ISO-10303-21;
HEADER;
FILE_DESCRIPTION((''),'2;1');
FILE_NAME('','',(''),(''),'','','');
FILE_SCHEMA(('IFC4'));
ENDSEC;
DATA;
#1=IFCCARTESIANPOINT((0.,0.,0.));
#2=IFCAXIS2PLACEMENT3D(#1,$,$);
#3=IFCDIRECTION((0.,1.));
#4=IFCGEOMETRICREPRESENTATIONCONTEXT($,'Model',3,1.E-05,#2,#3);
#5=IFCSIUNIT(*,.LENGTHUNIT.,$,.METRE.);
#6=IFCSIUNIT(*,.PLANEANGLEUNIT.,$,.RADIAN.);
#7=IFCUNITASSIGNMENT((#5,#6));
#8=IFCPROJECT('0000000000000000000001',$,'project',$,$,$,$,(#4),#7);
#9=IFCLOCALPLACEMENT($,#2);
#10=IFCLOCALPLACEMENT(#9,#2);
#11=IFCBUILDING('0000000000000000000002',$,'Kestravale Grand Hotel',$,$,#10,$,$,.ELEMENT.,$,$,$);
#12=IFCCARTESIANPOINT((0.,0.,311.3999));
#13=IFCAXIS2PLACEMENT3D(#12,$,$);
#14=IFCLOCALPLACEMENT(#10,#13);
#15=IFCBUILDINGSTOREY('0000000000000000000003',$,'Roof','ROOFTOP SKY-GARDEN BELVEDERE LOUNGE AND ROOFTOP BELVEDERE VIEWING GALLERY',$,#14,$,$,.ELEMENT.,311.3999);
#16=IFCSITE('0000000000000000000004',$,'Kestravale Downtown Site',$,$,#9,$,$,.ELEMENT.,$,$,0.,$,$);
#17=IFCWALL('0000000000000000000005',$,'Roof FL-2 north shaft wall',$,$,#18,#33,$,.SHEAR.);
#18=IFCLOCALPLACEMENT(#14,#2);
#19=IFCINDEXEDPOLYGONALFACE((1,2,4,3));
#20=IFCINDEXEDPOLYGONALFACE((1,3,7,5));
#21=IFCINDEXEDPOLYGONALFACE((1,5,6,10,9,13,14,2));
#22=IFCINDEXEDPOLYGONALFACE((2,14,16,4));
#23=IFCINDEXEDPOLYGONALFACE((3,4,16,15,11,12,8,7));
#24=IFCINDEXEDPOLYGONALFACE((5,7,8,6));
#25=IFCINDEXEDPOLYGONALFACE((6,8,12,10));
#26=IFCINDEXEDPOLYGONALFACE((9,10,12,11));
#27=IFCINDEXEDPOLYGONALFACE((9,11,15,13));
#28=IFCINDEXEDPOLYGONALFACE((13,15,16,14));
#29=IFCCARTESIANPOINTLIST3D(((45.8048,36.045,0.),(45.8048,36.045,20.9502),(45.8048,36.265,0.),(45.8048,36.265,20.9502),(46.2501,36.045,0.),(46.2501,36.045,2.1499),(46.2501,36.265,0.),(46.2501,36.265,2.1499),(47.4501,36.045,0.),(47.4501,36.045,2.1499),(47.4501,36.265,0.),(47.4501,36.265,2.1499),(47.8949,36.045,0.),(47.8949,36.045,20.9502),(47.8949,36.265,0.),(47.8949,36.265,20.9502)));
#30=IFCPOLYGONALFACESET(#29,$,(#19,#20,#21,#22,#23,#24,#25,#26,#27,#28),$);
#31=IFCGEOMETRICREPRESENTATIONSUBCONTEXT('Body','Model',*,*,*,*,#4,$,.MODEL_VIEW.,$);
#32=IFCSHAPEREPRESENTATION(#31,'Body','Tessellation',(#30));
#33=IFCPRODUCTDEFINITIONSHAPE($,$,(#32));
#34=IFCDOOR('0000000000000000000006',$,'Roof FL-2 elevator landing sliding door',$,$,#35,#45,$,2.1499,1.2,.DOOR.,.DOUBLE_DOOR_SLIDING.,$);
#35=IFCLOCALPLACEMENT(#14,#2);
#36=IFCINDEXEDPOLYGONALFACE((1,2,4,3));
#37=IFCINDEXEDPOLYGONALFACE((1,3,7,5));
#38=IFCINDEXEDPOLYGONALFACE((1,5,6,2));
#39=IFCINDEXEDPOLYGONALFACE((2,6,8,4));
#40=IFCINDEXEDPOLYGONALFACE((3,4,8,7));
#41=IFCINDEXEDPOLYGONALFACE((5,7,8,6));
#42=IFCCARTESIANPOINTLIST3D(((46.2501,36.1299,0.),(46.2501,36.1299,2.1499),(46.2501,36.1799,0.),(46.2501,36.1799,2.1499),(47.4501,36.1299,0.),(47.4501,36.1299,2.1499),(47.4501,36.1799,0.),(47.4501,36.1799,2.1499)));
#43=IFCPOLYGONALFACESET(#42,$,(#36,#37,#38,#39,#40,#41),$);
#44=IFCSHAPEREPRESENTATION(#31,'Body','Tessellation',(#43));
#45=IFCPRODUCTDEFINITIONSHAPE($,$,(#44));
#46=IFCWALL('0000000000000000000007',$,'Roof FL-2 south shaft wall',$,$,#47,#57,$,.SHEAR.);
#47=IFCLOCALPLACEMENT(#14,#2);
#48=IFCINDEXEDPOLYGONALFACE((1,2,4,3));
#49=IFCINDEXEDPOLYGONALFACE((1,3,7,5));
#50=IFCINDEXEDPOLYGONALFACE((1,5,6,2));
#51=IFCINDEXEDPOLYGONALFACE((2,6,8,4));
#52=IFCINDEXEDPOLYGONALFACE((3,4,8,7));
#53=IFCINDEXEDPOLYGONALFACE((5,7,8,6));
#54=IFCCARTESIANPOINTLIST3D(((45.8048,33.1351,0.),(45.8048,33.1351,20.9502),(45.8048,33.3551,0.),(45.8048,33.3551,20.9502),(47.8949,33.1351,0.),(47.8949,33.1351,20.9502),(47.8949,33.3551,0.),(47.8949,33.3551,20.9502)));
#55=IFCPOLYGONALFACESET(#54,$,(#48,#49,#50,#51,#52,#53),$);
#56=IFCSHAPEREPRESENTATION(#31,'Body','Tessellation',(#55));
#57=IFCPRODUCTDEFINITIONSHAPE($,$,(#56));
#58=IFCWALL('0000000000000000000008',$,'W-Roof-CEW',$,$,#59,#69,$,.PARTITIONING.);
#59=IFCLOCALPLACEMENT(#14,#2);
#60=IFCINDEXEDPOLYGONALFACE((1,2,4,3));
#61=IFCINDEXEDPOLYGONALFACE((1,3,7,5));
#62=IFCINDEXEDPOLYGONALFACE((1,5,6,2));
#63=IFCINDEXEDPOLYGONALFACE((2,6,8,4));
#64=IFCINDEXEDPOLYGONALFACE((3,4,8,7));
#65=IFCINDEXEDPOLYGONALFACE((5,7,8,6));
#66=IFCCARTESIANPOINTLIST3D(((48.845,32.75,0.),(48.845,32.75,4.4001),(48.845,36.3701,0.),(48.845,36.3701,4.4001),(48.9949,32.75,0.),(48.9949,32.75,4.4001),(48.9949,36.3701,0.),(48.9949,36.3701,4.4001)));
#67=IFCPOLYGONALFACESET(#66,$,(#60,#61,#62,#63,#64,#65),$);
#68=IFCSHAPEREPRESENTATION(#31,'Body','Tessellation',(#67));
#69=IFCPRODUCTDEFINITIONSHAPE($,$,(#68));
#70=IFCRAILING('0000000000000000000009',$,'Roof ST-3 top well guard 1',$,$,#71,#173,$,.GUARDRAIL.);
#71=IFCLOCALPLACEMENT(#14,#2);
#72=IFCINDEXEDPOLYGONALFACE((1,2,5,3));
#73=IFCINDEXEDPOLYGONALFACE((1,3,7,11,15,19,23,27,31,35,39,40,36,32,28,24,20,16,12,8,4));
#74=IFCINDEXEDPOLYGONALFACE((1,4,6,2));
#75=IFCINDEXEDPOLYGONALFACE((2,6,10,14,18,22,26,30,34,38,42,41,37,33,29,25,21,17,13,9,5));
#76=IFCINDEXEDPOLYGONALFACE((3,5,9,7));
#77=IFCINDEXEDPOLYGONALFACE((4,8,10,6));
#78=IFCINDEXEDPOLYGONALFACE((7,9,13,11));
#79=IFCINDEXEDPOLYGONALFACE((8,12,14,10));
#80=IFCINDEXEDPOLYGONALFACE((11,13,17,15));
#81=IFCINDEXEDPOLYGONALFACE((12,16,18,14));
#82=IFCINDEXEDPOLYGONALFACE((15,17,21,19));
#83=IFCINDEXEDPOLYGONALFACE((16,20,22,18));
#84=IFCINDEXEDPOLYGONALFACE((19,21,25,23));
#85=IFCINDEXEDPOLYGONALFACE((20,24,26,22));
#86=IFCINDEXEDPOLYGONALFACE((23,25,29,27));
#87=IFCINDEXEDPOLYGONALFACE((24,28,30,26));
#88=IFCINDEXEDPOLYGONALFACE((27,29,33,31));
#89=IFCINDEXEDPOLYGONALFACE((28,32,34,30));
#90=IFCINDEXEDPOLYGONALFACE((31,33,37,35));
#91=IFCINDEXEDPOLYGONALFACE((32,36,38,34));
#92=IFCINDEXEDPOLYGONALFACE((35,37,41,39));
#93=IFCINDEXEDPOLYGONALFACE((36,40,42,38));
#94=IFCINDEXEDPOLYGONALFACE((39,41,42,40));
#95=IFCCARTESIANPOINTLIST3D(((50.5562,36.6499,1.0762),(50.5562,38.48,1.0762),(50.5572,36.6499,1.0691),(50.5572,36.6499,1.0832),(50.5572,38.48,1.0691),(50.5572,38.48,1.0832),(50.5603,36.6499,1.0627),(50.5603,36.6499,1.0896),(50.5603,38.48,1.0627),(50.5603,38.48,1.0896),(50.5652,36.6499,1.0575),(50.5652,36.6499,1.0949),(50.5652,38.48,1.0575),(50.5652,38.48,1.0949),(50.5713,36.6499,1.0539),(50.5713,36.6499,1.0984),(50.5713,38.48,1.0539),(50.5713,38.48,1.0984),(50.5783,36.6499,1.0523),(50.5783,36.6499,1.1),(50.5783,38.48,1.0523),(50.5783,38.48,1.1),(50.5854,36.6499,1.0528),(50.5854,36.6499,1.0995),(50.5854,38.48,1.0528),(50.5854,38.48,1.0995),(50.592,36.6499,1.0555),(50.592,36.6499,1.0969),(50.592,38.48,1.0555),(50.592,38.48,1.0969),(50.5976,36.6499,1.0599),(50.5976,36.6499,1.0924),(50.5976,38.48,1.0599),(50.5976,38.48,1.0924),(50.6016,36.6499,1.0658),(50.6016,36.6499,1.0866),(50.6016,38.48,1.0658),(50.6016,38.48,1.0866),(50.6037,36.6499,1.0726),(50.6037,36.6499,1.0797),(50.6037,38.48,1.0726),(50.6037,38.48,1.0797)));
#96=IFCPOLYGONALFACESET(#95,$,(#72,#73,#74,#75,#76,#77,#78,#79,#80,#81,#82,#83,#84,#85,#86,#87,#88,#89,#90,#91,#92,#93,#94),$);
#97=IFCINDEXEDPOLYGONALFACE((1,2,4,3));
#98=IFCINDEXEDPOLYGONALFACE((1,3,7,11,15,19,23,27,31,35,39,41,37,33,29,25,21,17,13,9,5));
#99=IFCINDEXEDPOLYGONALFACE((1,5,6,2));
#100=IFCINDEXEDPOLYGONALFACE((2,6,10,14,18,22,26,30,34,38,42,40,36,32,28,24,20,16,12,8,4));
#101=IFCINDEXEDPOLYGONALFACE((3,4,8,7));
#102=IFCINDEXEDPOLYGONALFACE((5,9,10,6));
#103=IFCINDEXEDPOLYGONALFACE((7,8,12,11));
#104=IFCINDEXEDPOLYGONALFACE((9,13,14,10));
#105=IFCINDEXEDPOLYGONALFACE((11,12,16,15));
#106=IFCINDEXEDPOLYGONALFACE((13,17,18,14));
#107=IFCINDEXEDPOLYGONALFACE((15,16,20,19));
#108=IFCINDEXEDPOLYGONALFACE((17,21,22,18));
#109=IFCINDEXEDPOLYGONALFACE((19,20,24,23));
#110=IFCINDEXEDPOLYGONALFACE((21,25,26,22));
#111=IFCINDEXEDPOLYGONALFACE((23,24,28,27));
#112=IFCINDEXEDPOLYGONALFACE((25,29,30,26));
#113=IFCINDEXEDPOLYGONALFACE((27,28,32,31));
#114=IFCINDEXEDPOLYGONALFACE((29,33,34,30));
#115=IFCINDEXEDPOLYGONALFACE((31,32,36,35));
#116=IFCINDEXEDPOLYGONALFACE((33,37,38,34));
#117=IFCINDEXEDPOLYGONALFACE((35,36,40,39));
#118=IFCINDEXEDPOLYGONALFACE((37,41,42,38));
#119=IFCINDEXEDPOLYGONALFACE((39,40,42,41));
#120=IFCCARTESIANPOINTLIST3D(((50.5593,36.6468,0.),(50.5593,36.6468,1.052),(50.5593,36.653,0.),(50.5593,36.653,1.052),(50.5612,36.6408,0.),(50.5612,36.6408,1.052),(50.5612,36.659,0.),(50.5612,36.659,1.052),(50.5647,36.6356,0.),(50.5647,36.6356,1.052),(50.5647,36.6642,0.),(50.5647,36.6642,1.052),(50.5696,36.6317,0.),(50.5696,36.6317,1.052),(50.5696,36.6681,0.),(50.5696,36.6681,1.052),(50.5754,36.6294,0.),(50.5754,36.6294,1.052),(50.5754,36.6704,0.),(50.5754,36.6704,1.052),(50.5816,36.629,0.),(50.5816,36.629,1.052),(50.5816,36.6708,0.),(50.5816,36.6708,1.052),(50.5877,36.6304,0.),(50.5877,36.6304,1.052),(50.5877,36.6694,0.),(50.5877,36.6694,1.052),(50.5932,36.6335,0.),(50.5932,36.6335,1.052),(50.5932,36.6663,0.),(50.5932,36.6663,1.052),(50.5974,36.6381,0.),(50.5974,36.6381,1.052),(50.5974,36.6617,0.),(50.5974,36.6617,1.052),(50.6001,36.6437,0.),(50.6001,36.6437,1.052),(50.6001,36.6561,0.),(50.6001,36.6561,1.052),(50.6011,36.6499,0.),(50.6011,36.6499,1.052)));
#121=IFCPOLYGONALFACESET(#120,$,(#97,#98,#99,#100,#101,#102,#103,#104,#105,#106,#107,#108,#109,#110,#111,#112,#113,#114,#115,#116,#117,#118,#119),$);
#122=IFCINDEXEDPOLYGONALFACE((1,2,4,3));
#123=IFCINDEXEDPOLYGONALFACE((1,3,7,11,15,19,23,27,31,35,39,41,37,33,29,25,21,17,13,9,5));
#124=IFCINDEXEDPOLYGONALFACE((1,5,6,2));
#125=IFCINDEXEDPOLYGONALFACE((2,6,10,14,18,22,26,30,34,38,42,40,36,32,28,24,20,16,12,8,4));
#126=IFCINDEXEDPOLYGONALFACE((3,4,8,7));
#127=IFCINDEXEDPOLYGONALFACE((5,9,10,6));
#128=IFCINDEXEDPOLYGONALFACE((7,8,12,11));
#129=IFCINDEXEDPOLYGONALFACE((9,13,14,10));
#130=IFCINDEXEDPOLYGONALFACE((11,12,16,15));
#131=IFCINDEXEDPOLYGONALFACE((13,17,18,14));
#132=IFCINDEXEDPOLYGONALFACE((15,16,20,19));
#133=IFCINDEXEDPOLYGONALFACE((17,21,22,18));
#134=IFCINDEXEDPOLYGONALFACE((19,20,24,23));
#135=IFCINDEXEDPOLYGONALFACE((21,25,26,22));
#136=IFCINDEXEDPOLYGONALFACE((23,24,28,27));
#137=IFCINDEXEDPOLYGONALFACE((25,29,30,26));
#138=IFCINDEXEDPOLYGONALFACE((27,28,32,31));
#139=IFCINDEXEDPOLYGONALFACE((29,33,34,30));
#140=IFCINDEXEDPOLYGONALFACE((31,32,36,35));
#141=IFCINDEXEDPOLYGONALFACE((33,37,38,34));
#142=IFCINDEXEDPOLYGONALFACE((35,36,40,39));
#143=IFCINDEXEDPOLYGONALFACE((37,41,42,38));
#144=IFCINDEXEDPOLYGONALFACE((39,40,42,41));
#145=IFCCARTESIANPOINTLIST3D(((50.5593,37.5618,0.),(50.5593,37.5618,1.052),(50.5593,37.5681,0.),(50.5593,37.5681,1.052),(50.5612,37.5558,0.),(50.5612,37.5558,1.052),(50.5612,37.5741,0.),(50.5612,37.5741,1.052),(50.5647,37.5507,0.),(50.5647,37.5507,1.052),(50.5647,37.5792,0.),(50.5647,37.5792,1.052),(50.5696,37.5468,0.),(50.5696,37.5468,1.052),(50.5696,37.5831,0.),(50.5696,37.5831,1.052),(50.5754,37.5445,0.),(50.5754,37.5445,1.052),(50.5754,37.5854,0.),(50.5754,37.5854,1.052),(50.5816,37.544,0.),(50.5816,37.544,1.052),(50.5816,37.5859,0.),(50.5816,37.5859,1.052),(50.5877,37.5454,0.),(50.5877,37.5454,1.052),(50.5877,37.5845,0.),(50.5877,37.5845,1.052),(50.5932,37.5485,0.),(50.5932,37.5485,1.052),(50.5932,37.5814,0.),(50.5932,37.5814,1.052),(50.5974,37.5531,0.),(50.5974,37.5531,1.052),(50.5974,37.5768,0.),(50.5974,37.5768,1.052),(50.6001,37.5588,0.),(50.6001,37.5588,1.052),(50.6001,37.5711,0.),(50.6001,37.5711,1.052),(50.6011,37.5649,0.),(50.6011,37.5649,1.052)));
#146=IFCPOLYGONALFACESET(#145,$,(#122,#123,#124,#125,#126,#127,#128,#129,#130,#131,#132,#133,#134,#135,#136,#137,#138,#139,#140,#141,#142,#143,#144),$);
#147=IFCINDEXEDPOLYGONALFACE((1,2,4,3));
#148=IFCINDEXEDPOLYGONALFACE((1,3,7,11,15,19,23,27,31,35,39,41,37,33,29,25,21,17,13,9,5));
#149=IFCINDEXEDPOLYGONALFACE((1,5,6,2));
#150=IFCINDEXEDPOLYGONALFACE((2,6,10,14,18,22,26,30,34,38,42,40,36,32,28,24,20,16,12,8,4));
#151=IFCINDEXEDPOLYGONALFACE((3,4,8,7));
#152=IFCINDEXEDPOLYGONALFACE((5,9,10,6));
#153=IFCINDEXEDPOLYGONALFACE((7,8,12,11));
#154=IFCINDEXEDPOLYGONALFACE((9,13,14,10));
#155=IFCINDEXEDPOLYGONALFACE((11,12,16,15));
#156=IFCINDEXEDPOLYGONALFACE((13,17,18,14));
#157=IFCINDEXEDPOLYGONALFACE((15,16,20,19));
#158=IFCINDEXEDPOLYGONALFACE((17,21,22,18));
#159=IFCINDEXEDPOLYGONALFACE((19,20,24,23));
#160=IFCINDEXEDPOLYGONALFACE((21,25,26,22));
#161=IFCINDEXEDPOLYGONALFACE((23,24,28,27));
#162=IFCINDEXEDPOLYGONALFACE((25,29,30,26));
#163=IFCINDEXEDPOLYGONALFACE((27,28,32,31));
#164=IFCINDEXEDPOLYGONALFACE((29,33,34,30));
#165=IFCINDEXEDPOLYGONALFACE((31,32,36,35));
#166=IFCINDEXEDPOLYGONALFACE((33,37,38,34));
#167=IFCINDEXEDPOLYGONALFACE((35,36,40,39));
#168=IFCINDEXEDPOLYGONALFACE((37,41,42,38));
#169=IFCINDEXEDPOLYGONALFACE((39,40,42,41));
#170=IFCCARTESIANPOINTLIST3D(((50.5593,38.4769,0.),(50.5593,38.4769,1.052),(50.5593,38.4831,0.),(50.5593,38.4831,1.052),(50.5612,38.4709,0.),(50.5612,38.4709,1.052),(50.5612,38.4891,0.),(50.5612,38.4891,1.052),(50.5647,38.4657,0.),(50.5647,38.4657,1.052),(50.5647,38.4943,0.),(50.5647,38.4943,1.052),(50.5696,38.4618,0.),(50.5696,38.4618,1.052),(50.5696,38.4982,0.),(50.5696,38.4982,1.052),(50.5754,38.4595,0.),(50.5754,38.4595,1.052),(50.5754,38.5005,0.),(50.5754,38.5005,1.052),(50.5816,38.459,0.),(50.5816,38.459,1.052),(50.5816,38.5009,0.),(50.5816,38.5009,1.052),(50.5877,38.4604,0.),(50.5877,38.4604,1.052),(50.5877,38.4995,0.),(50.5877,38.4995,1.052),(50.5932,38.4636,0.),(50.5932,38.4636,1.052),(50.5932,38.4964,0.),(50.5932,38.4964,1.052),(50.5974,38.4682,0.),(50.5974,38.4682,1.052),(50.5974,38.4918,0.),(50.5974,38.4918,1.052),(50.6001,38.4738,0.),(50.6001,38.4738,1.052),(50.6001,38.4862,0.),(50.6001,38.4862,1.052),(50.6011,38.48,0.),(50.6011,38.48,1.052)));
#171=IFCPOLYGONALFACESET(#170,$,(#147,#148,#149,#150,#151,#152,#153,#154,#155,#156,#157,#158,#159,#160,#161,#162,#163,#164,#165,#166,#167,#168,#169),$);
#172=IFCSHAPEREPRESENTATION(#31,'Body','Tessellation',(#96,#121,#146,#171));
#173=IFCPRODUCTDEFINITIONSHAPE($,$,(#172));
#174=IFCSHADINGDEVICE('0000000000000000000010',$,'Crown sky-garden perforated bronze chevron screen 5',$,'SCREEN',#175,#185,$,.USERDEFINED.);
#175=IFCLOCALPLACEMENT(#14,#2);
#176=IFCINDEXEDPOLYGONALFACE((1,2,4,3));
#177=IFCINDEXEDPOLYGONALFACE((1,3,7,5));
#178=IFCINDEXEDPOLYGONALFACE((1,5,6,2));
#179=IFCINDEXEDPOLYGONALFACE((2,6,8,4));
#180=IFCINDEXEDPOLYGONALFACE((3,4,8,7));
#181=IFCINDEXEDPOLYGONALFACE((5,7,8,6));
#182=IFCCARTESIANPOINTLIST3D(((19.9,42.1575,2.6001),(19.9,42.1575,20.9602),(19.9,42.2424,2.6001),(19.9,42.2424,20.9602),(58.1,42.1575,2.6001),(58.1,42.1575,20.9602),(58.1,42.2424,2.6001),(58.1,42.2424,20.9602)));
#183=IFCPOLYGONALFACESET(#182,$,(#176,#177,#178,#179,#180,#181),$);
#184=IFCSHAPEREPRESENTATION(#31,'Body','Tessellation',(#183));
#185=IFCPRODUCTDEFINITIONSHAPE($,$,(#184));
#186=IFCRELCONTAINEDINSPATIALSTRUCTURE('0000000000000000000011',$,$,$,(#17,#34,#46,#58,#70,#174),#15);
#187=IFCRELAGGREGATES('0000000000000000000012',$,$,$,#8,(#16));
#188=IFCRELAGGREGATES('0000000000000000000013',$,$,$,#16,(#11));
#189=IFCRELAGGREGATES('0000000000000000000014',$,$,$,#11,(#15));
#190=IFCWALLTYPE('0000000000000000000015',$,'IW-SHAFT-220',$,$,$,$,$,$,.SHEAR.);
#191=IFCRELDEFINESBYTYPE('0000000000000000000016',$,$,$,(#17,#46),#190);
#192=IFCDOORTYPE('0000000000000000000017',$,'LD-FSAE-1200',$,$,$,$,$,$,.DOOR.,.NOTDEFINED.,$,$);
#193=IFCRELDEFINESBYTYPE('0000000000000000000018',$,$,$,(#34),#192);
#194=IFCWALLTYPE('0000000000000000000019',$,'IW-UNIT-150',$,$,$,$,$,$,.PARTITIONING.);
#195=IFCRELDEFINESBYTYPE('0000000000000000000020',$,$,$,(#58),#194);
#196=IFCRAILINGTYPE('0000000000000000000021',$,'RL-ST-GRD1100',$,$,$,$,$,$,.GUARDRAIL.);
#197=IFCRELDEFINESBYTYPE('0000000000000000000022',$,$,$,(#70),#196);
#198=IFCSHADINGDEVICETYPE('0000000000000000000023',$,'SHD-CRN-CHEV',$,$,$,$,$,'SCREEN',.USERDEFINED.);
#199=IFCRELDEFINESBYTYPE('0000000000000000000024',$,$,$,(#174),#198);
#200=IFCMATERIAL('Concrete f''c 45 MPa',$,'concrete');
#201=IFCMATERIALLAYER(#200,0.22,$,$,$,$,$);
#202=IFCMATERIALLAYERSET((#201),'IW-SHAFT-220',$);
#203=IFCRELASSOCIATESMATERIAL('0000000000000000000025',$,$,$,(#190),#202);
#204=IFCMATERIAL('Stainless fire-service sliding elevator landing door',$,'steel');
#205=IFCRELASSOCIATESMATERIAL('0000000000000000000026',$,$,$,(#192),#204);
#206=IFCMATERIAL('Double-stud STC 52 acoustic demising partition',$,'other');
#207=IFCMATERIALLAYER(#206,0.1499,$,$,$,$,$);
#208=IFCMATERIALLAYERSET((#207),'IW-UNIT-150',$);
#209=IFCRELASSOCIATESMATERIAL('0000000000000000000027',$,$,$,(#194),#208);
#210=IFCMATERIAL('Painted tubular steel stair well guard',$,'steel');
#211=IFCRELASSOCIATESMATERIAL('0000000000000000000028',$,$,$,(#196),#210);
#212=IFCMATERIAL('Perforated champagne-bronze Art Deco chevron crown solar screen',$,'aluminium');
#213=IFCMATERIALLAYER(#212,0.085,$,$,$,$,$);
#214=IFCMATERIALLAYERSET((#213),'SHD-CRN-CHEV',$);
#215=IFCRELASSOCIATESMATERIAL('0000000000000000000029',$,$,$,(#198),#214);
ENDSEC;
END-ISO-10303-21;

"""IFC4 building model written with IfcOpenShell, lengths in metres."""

from ifc_helpers import new_model, si_unit, direction, frame, frame_2d, origin, origin_2d, place, context, subcontext, project, spatial, rectangle, circle, extrude, material, layer, layer_set, type_object, element, fill, save


model = new_model("IFC4")

# Units and contexts
model_context = context("Model", 3, precision=1e-05, world=origin(), true_north=direction((0.0, 1.0)))
body_context = subcontext(model_context, "Body", "Model", "MODEL_VIEW")
ifc_project = project(units=[si_unit("LENGTHUNIT", "METRE"), si_unit("PLANEANGLEUNIT", "RADIAN")], contexts=[model_context])

# Site, building, storey
site_placement = place(None, origin())
site = spatial("IfcSite", under=ifc_project, at=site_placement, Name="Kestravale Downtown Site", CompositionType="ELEMENT", RefElevation=0.0)
building_placement = place(site_placement, origin())
building = spatial("IfcBuilding", under=site, at=building_placement, Name="Kestravale Grand Hotel", CompositionType="ELEMENT")
storey_placement = place(building_placement, frame((0.0, 0.0, 311.3999)))
storey = spatial("IfcBuildingStorey", under=building, at=storey_placement, Name="Roof", Description="ROOFTOP SKY-GARDEN BELVEDERE LOUNGE AND ROOFTOP BELVEDERE VIEWING GALLERY", CompositionType="ELEMENT", Elevation=311.3999)

# Shared definitions
ifc_material_1 = material(Name="Concrete f'c 45 MPa", Category="concrete")
ifc_layer_1 = layer(ifc_material_1, 0.22)
ifc_layer_set_1 = layer_set([ifc_layer_1], Name="IW-SHAFT-220")
wall_type_1 = type_object("IfcWallType", Name="IW-SHAFT-220", PredefinedType="SHEAR", material=ifc_layer_set_1)

# Wall, opening, door
wall_1_placement = place(storey_placement, frame((45.8049, 36.155, 0.0), z_axis=(0.0, 0.0, 1.0), x_axis=(1.0, 0.0, 0.0)))
wall_1 = element("IfcWall", 1, at=wall_1_placement, inside=storey, type_object=wall_type_1, Name="Roof FL-2 north shaft wall", PredefinedType="SHEAR", context=body_context, shape_type="SweptSolid", body=[
    extrude(rectangle(XDim=2.0901, YDim=0.22, at=frame_2d((1.0449, 0.0))), origin(), (0.0, 0.0, 1.0), 20.9502),
])
opening_1_placement = place(wall_1_placement, frame((0.4451, 0.0, 0.0)))
opening_1 = element("IfcOpeningElement", 2, at=opening_1_placement, cuts=wall_1, PredefinedType="OPENING", context=body_context, shape_type="SweptSolid", body=[
    extrude(rectangle(XDim=1.2, YDim=2.1499, at=frame_2d((0.6001, 1.075))), frame((0.0, 0.1199, 0.0), z_axis=(0.0, -1.0, 0.0), x_axis=(1.0, 0.0, 0.0)), (0.0, 0.0, 1.0), 0.24),
])
ifc_material_2 = material(Name="Stainless fire-service sliding elevator landing door", Category="steel")
door_type_1 = type_object("IfcDoorType", Name="LD-FSAE-1200", OperationType="NOTDEFINED", PredefinedType="DOOR", material=ifc_material_2)
door_1_placement = place(opening_1_placement, origin())
door_1 = element("IfcDoor", 3, at=door_1_placement, inside=storey, type_object=door_type_1, Name="Roof FL-2 elevator landing sliding door", OperationType="DOUBLE_DOOR_SLIDING", OverallHeight=2.1499, OverallWidth=1.2, PredefinedType="DOOR", context=body_context, shape_type="SweptSolid", body=[
    extrude(rectangle(XDim=1.2, YDim=2.1499, at=frame_2d((0.6001, 1.075))), frame((0.0, 0.0249, 0.0), z_axis=(0.0, -1.0, 0.0), x_axis=(1.0, 0.0, 0.0)), (0.0, 0.0, 1.0), 0.05),
])
fill(opening_1, door_1)

# Walls
wall_2_placement = place(storey_placement, frame((45.8049, 33.2451, 0.0), z_axis=(0.0, 0.0, 1.0), x_axis=(1.0, 0.0, 0.0)))
element("IfcWall", 4, at=wall_2_placement, inside=storey, type_object=wall_type_1, Name="Roof FL-2 south shaft wall", PredefinedType="SHEAR", context=body_context, shape_type="SweptSolid", body=[
    extrude(rectangle(XDim=2.0901, YDim=0.22, at=frame_2d((1.0449, 0.0))), origin(), (0.0, 0.0, 1.0), 20.9502),
])
ifc_material_3 = material(Name="Double-stud STC 52 acoustic demising partition", Category="other")
ifc_layer_2 = layer(ifc_material_3, 0.1499)
ifc_layer_set_2 = layer_set([ifc_layer_2], Name="IW-UNIT-150")
wall_type_2 = type_object("IfcWallType", Name="IW-UNIT-150", PredefinedType="PARTITIONING", material=ifc_layer_set_2)
wall_3_placement = place(storey_placement, frame((48.9199, 32.75, 0.0), z_axis=(0.0, 0.0, 1.0), x_axis=(0.0, 1.0, 0.0)))
element("IfcWall", 5, at=wall_3_placement, inside=storey, type_object=wall_type_2, Name="W-Roof-CEW", PredefinedType="PARTITIONING", context=body_context, shape_type="SweptSolid", body=[
    extrude(rectangle(XDim=3.6201, YDim=0.1499, at=frame_2d((1.8101, 0.0))), origin(), (0.0, 0.0, 1.0), 4.4001),
])

# Railing
ifc_material_4 = material(Name="Painted tubular steel stair well guard", Category="steel")
railing_type = type_object("IfcRailingType", Name="RL-ST-GRD1100", PredefinedType="GUARDRAIL", material=ifc_material_4)
railing_placement = place(storey_placement, frame((50.5801, 36.6499, 0.0)))
element("IfcRailing", 6, at=railing_placement, inside=storey, type_object=railing_type, Name="Roof ST-3 top well guard 1", PredefinedType="GUARDRAIL", context=body_context, shape_type="SweptSolid", body=[
    extrude(circle(Radius=0.0239, at=origin_2d()), frame((0.0, 0.0, 1.0762), z_axis=(0.0, 1.0, 0.0), x_axis=(-1.0, 0.0, 0.0)), (0.0, 0.0, 1.0), 1.8301),
    extrude(circle(Radius=0.021, at=origin_2d()), origin(), (0.0, 0.0, 1.0), 1.052),
    extrude(circle(Radius=0.021, at=origin_2d()), frame((0.0, 0.915, 0.0)), (0.0, 0.0, 1.0), 1.052),
    extrude(circle(Radius=0.021, at=origin_2d()), frame((0.0, 1.8301, 0.0)), (0.0, 0.0, 1.0), 1.052),
])

# Shading device
ifc_material_5 = material(Name="Perforated champagne-bronze Art Deco chevron crown solar screen", Category="aluminium")
ifc_layer_3 = layer(ifc_material_5, 0.085)
ifc_layer_set_3 = layer_set([ifc_layer_3], Name="SHD-CRN-CHEV")
shading_device_type = type_object("IfcShadingDeviceType", Name="SHD-CRN-CHEV", ElementType="SCREEN", PredefinedType="USERDEFINED", material=ifc_layer_set_3)
shading_device_placement = place(storey_placement, frame((39.0, 42.2, 2.6001), z_axis=(0.0, 0.0, 1.0), x_axis=(-1.0, 0.0, 0.0)))
element("IfcShadingDevice", 7, at=shading_device_placement, inside=storey, type_object=shading_device_type, Name="Crown sky-garden perforated bronze chevron screen 5", ObjectType="SCREEN", PredefinedType="USERDEFINED", context=body_context, shape_type="SweptSolid", body=[
    extrude(rectangle(XDim=38.2, YDim=0.085, at=origin_2d()), origin(), (0.0, 0.0, 1.0), 18.3601),
])

save(model, "model.ifc")
